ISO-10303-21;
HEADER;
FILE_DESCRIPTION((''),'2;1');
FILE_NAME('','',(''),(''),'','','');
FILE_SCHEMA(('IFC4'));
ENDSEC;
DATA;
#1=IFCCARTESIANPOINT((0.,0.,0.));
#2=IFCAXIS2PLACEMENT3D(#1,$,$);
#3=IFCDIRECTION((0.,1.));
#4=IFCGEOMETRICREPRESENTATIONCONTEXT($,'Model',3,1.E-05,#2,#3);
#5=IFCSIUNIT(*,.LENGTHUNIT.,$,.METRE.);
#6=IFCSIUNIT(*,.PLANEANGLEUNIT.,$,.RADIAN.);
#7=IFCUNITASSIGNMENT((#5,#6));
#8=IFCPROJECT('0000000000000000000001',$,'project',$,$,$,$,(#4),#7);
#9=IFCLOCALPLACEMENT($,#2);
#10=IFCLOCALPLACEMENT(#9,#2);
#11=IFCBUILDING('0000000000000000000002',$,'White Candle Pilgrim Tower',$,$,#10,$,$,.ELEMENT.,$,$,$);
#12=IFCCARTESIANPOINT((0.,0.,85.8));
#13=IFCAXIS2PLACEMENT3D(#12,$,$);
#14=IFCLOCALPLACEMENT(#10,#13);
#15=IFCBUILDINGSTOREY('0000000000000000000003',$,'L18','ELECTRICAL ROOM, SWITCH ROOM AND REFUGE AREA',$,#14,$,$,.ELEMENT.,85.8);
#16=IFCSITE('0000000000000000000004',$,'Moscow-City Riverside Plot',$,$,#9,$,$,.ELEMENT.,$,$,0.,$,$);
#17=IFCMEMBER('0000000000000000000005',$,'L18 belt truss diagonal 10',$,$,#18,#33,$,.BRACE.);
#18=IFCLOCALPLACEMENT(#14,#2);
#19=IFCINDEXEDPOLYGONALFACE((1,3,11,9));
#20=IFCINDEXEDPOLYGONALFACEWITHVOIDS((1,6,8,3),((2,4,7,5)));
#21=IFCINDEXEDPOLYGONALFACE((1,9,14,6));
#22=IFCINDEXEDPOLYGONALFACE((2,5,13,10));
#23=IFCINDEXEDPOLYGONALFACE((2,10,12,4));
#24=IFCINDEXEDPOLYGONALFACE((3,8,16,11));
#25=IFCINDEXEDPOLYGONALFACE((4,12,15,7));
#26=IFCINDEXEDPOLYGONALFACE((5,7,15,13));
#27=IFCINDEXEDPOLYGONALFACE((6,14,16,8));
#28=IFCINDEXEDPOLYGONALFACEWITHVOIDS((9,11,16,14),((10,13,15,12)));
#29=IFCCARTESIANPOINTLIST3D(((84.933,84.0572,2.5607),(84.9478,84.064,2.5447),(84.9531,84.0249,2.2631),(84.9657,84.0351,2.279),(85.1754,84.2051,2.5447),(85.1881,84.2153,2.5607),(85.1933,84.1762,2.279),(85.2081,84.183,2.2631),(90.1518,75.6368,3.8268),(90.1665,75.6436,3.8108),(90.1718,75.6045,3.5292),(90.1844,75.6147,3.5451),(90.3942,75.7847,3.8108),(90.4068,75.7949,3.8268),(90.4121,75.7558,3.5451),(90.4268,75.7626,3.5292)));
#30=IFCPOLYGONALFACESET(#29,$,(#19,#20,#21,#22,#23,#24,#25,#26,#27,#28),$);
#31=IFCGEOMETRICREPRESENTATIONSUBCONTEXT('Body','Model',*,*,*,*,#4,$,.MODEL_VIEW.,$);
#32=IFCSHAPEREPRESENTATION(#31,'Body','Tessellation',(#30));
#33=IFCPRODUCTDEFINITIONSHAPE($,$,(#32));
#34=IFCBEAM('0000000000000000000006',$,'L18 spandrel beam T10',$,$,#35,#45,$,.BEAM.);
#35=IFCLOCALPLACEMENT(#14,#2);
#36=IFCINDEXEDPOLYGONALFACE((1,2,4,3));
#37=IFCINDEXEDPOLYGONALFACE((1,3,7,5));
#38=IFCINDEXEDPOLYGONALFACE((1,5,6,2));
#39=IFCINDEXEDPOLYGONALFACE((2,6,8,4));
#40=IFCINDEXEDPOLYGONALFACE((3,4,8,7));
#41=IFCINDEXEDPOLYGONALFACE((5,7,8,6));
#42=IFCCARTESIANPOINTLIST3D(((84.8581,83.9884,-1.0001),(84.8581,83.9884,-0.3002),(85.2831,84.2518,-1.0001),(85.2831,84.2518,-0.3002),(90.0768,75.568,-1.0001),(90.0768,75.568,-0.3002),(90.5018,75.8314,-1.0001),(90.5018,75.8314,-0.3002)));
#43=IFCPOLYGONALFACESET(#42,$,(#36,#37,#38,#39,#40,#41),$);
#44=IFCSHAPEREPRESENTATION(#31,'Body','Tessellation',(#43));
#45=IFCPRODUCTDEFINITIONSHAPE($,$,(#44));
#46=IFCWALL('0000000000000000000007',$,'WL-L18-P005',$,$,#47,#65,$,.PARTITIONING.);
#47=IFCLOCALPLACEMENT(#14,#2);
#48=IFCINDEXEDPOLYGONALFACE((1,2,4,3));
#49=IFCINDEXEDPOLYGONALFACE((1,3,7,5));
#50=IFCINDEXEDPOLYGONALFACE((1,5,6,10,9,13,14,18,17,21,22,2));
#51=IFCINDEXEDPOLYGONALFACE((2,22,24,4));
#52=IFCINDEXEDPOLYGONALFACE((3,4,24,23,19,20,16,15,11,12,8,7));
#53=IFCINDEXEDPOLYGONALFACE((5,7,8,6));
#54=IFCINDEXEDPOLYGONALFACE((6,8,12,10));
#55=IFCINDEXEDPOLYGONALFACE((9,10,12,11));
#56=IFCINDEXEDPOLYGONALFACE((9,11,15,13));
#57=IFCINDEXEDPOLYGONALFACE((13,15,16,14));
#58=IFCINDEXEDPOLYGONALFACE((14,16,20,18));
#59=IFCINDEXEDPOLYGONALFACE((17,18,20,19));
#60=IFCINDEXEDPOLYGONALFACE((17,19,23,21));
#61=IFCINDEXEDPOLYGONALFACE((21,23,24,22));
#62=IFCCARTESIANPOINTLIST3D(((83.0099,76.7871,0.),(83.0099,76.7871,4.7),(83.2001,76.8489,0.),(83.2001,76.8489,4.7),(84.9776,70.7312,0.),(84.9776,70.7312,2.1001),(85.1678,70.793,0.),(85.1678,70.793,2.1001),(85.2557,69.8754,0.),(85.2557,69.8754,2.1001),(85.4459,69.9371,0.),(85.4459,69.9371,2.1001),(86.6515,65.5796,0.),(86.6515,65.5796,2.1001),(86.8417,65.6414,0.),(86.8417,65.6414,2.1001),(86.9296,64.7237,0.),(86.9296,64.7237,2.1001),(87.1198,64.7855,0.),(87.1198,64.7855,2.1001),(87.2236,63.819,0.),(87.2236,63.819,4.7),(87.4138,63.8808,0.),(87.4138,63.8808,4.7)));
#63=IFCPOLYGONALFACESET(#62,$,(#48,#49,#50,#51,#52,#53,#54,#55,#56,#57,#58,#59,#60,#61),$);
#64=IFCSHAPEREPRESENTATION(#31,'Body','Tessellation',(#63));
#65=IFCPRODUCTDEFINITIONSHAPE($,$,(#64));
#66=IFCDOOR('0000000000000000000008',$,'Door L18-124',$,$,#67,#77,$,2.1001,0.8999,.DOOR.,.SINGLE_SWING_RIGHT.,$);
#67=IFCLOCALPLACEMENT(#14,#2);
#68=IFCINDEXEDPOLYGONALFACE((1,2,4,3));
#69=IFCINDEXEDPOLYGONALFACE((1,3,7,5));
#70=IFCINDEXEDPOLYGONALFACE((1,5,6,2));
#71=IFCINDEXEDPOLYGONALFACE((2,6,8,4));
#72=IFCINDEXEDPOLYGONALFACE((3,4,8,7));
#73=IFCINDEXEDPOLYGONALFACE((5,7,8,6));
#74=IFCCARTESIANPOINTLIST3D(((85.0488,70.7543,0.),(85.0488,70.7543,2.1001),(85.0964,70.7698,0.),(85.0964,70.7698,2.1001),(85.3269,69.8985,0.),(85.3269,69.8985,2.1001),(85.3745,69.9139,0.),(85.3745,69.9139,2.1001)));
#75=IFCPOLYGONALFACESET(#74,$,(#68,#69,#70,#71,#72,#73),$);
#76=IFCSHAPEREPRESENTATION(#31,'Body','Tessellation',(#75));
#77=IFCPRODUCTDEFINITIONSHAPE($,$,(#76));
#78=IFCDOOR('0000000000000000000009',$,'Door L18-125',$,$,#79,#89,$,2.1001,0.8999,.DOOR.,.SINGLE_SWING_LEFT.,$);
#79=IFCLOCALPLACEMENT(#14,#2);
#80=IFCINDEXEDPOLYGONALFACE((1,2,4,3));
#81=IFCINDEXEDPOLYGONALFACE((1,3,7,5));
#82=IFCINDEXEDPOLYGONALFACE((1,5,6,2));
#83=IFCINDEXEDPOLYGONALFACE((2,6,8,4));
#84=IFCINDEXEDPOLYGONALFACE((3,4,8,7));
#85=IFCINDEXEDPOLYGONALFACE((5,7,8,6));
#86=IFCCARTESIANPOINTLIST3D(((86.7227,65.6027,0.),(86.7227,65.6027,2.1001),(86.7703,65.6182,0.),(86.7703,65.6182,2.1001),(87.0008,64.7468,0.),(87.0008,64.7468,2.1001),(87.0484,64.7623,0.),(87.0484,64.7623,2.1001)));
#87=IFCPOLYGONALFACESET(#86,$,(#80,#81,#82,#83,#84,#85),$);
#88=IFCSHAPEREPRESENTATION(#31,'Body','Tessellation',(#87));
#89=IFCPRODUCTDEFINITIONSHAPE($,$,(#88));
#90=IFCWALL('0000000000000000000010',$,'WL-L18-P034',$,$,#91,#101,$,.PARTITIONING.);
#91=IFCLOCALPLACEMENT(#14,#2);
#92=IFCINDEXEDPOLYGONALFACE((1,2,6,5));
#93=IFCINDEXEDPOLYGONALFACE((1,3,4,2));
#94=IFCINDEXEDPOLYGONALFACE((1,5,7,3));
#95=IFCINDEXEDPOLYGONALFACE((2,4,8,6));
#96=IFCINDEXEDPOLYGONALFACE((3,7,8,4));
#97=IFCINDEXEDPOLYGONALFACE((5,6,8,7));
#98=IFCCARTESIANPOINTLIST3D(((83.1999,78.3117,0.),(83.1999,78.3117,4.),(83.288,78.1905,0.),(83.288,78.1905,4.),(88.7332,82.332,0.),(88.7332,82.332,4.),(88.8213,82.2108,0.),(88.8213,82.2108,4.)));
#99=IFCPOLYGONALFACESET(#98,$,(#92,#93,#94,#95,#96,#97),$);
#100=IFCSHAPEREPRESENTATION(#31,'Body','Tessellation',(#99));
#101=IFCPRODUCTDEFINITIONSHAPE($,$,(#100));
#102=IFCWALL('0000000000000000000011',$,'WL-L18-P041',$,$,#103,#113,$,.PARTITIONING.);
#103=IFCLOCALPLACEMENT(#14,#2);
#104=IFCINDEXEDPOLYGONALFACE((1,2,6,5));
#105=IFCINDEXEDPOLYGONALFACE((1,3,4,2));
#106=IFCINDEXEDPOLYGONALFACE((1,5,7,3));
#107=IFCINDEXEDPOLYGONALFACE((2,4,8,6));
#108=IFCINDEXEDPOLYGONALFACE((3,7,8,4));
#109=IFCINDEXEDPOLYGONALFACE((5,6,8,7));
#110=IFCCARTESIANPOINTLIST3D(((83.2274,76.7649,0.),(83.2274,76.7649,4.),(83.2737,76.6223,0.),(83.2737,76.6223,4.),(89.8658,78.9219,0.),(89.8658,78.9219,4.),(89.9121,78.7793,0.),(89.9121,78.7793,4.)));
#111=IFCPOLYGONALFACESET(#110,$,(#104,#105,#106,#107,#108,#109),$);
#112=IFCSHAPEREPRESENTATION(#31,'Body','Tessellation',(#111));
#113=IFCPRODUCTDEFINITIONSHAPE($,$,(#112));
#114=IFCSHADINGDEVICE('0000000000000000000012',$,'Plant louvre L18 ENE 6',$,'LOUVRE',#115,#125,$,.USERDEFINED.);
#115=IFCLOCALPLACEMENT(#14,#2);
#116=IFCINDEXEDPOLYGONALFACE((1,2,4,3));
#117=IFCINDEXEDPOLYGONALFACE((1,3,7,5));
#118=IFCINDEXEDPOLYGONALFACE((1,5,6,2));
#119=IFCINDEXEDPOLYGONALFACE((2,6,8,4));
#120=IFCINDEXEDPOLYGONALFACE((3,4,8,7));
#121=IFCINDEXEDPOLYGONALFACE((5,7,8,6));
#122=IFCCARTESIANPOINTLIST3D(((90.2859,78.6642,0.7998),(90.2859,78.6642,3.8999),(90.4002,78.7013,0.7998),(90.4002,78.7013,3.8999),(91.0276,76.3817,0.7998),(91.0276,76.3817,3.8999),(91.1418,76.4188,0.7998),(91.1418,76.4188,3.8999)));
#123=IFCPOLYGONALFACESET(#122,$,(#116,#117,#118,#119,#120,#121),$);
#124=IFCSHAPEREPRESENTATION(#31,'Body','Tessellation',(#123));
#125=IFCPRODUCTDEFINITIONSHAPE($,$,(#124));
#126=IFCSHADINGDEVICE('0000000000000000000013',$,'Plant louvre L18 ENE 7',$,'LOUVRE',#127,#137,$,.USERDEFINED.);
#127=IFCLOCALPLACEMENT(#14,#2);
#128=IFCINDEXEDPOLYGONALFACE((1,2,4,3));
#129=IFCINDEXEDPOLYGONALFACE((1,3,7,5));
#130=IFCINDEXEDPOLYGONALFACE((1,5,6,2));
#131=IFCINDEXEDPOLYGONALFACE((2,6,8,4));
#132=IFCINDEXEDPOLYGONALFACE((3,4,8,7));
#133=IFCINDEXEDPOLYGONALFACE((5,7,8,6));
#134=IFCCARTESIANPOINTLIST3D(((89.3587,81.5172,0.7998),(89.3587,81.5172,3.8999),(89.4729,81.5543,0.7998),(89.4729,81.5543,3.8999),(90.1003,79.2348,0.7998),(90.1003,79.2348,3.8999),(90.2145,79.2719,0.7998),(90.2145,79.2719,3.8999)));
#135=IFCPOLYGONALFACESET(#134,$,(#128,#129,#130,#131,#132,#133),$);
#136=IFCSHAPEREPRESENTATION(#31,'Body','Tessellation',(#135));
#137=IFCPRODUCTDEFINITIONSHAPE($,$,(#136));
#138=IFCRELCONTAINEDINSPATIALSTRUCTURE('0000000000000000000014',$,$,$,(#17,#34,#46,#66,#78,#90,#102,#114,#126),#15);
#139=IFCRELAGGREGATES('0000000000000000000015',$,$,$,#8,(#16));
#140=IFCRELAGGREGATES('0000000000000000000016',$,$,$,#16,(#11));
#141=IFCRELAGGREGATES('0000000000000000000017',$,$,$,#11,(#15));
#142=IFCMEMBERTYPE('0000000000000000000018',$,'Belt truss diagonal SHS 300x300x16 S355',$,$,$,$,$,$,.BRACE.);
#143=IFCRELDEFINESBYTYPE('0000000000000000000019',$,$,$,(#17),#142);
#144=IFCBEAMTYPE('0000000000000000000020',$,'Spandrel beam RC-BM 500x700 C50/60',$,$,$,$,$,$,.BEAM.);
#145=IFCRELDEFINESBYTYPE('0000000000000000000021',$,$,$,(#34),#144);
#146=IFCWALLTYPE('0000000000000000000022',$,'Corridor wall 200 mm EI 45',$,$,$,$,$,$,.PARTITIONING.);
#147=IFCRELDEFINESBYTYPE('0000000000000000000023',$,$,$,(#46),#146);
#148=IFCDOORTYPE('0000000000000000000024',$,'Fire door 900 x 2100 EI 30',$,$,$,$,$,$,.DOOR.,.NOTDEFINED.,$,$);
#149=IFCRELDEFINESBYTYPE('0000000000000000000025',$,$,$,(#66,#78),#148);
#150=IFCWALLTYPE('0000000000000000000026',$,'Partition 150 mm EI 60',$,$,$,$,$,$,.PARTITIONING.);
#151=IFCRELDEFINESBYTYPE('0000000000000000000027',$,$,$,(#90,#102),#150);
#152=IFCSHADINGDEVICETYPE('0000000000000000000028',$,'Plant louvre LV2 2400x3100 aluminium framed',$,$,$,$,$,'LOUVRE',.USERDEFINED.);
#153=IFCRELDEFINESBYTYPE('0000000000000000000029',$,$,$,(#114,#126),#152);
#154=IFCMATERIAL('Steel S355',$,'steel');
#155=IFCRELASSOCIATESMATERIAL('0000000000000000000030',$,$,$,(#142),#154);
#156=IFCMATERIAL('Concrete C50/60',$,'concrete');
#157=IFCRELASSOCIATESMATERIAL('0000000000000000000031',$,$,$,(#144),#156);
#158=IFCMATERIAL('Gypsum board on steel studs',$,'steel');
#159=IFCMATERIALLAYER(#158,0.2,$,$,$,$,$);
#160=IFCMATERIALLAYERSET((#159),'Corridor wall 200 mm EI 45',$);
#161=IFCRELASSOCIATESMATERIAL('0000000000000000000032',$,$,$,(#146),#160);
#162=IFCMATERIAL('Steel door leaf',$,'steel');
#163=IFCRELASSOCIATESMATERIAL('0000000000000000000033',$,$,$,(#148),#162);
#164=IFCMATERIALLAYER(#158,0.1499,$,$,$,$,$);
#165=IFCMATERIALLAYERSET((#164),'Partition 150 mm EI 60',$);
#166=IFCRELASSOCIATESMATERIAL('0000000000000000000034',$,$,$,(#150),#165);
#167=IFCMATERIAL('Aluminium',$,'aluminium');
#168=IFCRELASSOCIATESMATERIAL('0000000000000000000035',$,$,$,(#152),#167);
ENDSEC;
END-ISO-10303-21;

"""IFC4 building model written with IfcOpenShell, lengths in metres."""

from ifc_helpers import new_model, si_unit, direction, frame, frame_2d, origin, origin_2d, place, context, subcontext, project, spatial, rectangle, hollow_rectangle, extrude, material, layer, layer_set, material_profile, profile_set, type_object, element, fill, save


model = new_model("IFC4")

# Units and contexts
model_context = context("Model", 3, precision=1e-05, world=origin(), true_north=direction((0.0, 1.0)))
body_context = subcontext(model_context, "Body", "Model", "MODEL_VIEW")
ifc_project = project(units=[si_unit("LENGTHUNIT", "METRE"), si_unit("PLANEANGLEUNIT", "RADIAN")], contexts=[model_context])

# Site, building, storey
site_placement = place(None, origin())
site = spatial("IfcSite", under=ifc_project, at=site_placement, Name="Moscow-City Riverside Plot", CompositionType="ELEMENT", RefElevation=0.0)
building_placement = place(site_placement, origin())
building = spatial("IfcBuilding", under=site, at=building_placement, Name="White Candle Pilgrim Tower", CompositionType="ELEMENT")
storey_placement = place(building_placement, frame((0.0, 0.0, 85.8)))
storey = spatial("IfcBuildingStorey", under=building, at=storey_placement, Name="L18", Description="ELECTRICAL ROOM, SWITCH ROOM AND REFUGE AREA", CompositionType="ELEMENT", Elevation=85.8)

# Member
ifc_material_1 = material(Name="Steel S355", Category="steel")
ifc_material_profile_1 = material_profile(ifc_material_1, hollow_rectangle(XDim=0.3, YDim=0.3, WallThickness=0.0161, at=origin_2d()), Name="SHS 300x300x16")
ifc_profile_set_1 = profile_set([ifc_material_profile_1], Name="Steel S355")
member_type_1 = type_object("IfcMemberType", Name="Belt truss diagonal SHS 300x300x16 S355", PredefinedType="BRACE", material=ifc_profile_set_1)
member_1_placement = place(storey_placement, frame((90.2893, 75.6997, 3.678), z_axis=(-0.52255, 0.843131, -0.126775), x_axis=(-0.849989, -0.526801, 0.0)))
element("IfcMember", 1, at=member_1_placement, inside=storey, type_object=member_type_1, Name="L18 belt truss diagonal 10", PredefinedType="BRACE", context=body_context, shape_type="SweptSolid", body=[
    extrude(hollow_rectangle(XDim=0.3, YDim=0.3, WallThickness=0.0161, at=origin_2d()), origin(), (0.0, 0.0, 1.0), 9.9871),
])

# Beam
ifc_material_2 = material(Name="Concrete C50/60", Category="concrete")
ifc_material_profile_2 = material_profile(ifc_material_2, rectangle(XDim=0.5, YDim=0.7, at=origin_2d()), Name="RC-BM 500x700")
ifc_profile_set_2 = profile_set([ifc_material_profile_2], Name="Concrete C50/60")
beam_type = type_object("IfcBeamType", Name="Spandrel beam RC-BM 500x700 C50/60", PredefinedType="BEAM", material=ifc_profile_set_2)
beam_placement = place(storey_placement, frame((90.2893, 75.6997, -0.6501), z_axis=(-0.526801, 0.849989, 0.0), x_axis=(-0.849989, -0.526801, 0.0)))
element("IfcBeam", 2, at=beam_placement, inside=storey, type_object=beam_type, Name="L18 spandrel beam T10", PredefinedType="BEAM", context=body_context, shape_type="SweptSolid", body=[
    extrude(rectangle(XDim=0.5, YDim=0.7, at=origin_2d()), origin(), (0.0, 0.0, 1.0), 9.9065),
])

# Wall, openings, doors
ifc_material_3 = material(Name="Gypsum board on steel studs", Category="steel")
ifc_layer_1 = layer(ifc_material_3, 0.2)
ifc_layer_set_1 = layer_set([ifc_layer_1], Name="Corridor wall 200 mm EI 45")
wall_type_1 = type_object("IfcWallType", Name="Corridor wall 200 mm EI 45", PredefinedType="PARTITIONING", material=ifc_layer_set_1)
wall_1_placement = place(storey_placement, frame((83.105, 76.8181, 0.0), z_axis=(0.0, 0.0, 1.0), x_axis=(0.309021, -0.951055, 0.0)))
wall_1 = element("IfcWall", 3, at=wall_1_placement, inside=storey, type_object=wall_type_1, Name="WL-L18-P005", PredefinedType="PARTITIONING", context=body_context, shape_type="SweptSolid", body=[
    extrude(rectangle(XDim=13.6355, YDim=0.2, at=frame_2d((6.8179, 0.0))), origin(), (0.0, 0.0, 1.0), 4.7),
])
opening_1_placement = place(wall_1_placement, frame((6.3677, 0.0, 0.0)))
opening_1 = element("IfcOpeningElement", 4, at=opening_1_placement, cuts=wall_1, PredefinedType="OPENING", context=body_context, shape_type="SweptSolid", body=[
    extrude(rectangle(XDim=0.8999, YDim=2.1001, at=frame_2d((0.45, 1.05))), frame((0.0, 0.1099, 0.0), z_axis=(0.0, -1.0, 0.0), x_axis=(1.0, 0.0, 0.0)), (0.0, 0.0, 1.0), 0.22),
])
opening_2_placement = place(wall_1_placement, frame((11.7844, 0.0, 0.0)))
opening_2 = element("IfcOpeningElement", 5, at=opening_2_placement, cuts=wall_1, PredefinedType="OPENING", context=body_context, shape_type="SweptSolid", body=[
    extrude(rectangle(XDim=0.8999, YDim=2.1001, at=frame_2d((0.45, 1.05))), frame((0.0, 0.1099, 0.0), z_axis=(0.0, -1.0, 0.0), x_axis=(1.0, 0.0, 0.0)), (0.0, 0.0, 1.0), 0.22),
])
ifc_material_4 = material(Name="Steel door leaf", Category="steel")
door_type = type_object("IfcDoorType", Name="Fire door 900 x 2100 EI 30", OperationType="NOTDEFINED", PredefinedType="DOOR", material=ifc_material_4)
door_1_placement = place(opening_1_placement, origin())
door_1 = element("IfcDoor", 6, at=door_1_placement, inside=storey, type_object=door_type, Name="Door L18-124", OperationType="SINGLE_SWING_RIGHT", OverallHeight=2.1001, OverallWidth=0.8999, PredefinedType="DOOR", context=body_context, shape_type="SweptSolid", body=[
    extrude(rectangle(XDim=0.8999, YDim=2.1001, at=frame_2d((0.45, 1.05))), frame((0.0, 0.0249, 0.0), z_axis=(0.0, -1.0, 0.0), x_axis=(1.0, 0.0, 0.0)), (0.0, 0.0, 1.0), 0.05),
])
fill(opening_1, door_1)
door_2_placement = place(opening_2_placement, origin())
door_2 = element("IfcDoor", 7, at=door_2_placement, inside=storey, type_object=door_type, Name="Door L18-125", OperationType="SINGLE_SWING_LEFT", OverallHeight=2.1001, OverallWidth=0.8999, PredefinedType="DOOR", context=body_context, shape_type="SweptSolid", body=[
    extrude(rectangle(XDim=0.8999, YDim=2.1001, at=frame_2d((0.45, 1.05))), frame((0.0, 0.0249, 0.0), z_axis=(0.0, -1.0, 0.0), x_axis=(1.0, 0.0, 0.0)), (0.0, 0.0, 1.0), 0.05),
])
fill(opening_2, door_2)

# Walls
ifc_layer_2 = layer(ifc_material_3, 0.1499)
ifc_layer_set_2 = layer_set([ifc_layer_2], Name="Partition 150 mm EI 60")
wall_type_2 = type_object("IfcWallType", Name="Partition 150 mm EI 60", PredefinedType="PARTITIONING", material=ifc_layer_set_2)
wall_2_placement = place(storey_placement, frame((88.7773, 82.2715, 0.0), z_axis=(0.0, 0.0, 1.0), x_axis=(-0.809006, -0.5878, 0.0)))
element("IfcWall", 8, at=wall_2_placement, inside=storey, type_object=wall_type_2, Name="WL-L18-P034", PredefinedType="PARTITIONING", context=body_context, shape_type="SweptSolid", body=[
    extrude(rectangle(XDim=6.8396, YDim=0.1499, at=frame_2d((3.4199, 0.0))), origin(), (0.0, 0.0, 1.0), 4.0),
])
wall_3_placement = place(storey_placement, frame((89.8889, 78.8506, 0.0), z_axis=(0.0, 0.0, 1.0), x_axis=(-0.951055, -0.30902, 0.0)))
element("IfcWall", 9, at=wall_3_placement, inside=storey, type_object=wall_type_2, Name="WL-L18-P041", PredefinedType="PARTITIONING", context=body_context, shape_type="SweptSolid", body=[
    extrude(rectangle(XDim=6.98, YDim=0.1499, at=frame_2d((3.49, 0.0))), origin(), (0.0, 0.0, 1.0), 4.0),
])

# Shading devices
ifc_material_5 = material(Name="Aluminium", Category="aluminium")
shading_device_type = type_object("IfcShadingDeviceType", Name="Plant louvre LV2 2400x3100 aluminium framed", ElementType="LOUVRE", PredefinedType="USERDEFINED", material=ifc_material_5)
for number, where, z_axis, x_axis, name in (
    (10, (90.7139, 77.5415, 0.7998), (0.0, 0.0, 1.0), (-0.309017, 0.951057, 0.0), "Plant louvre L18 ENE 6"),
    (11, (89.7866, 80.3945, 0.7998), (0.0, 0.0, 1.0), (-0.309017, 0.951057, 0.0), "Plant louvre L18 ENE 7"),
):
    element("IfcShadingDevice", number, at=place(storey_placement, frame(where, z_axis=z_axis, x_axis=x_axis)), inside=storey, type_object=shading_device_type, Name=name, ObjectType="LOUVRE", PredefinedType="USERDEFINED", context=body_context, shape_type="SweptSolid", body=[
        extrude(rectangle(XDim=2.3999, YDim=0.1201, at=origin_2d()), origin(), (0.0, 0.0, 1.0), 3.1001),
    ])

save(model, "model.ifc")
